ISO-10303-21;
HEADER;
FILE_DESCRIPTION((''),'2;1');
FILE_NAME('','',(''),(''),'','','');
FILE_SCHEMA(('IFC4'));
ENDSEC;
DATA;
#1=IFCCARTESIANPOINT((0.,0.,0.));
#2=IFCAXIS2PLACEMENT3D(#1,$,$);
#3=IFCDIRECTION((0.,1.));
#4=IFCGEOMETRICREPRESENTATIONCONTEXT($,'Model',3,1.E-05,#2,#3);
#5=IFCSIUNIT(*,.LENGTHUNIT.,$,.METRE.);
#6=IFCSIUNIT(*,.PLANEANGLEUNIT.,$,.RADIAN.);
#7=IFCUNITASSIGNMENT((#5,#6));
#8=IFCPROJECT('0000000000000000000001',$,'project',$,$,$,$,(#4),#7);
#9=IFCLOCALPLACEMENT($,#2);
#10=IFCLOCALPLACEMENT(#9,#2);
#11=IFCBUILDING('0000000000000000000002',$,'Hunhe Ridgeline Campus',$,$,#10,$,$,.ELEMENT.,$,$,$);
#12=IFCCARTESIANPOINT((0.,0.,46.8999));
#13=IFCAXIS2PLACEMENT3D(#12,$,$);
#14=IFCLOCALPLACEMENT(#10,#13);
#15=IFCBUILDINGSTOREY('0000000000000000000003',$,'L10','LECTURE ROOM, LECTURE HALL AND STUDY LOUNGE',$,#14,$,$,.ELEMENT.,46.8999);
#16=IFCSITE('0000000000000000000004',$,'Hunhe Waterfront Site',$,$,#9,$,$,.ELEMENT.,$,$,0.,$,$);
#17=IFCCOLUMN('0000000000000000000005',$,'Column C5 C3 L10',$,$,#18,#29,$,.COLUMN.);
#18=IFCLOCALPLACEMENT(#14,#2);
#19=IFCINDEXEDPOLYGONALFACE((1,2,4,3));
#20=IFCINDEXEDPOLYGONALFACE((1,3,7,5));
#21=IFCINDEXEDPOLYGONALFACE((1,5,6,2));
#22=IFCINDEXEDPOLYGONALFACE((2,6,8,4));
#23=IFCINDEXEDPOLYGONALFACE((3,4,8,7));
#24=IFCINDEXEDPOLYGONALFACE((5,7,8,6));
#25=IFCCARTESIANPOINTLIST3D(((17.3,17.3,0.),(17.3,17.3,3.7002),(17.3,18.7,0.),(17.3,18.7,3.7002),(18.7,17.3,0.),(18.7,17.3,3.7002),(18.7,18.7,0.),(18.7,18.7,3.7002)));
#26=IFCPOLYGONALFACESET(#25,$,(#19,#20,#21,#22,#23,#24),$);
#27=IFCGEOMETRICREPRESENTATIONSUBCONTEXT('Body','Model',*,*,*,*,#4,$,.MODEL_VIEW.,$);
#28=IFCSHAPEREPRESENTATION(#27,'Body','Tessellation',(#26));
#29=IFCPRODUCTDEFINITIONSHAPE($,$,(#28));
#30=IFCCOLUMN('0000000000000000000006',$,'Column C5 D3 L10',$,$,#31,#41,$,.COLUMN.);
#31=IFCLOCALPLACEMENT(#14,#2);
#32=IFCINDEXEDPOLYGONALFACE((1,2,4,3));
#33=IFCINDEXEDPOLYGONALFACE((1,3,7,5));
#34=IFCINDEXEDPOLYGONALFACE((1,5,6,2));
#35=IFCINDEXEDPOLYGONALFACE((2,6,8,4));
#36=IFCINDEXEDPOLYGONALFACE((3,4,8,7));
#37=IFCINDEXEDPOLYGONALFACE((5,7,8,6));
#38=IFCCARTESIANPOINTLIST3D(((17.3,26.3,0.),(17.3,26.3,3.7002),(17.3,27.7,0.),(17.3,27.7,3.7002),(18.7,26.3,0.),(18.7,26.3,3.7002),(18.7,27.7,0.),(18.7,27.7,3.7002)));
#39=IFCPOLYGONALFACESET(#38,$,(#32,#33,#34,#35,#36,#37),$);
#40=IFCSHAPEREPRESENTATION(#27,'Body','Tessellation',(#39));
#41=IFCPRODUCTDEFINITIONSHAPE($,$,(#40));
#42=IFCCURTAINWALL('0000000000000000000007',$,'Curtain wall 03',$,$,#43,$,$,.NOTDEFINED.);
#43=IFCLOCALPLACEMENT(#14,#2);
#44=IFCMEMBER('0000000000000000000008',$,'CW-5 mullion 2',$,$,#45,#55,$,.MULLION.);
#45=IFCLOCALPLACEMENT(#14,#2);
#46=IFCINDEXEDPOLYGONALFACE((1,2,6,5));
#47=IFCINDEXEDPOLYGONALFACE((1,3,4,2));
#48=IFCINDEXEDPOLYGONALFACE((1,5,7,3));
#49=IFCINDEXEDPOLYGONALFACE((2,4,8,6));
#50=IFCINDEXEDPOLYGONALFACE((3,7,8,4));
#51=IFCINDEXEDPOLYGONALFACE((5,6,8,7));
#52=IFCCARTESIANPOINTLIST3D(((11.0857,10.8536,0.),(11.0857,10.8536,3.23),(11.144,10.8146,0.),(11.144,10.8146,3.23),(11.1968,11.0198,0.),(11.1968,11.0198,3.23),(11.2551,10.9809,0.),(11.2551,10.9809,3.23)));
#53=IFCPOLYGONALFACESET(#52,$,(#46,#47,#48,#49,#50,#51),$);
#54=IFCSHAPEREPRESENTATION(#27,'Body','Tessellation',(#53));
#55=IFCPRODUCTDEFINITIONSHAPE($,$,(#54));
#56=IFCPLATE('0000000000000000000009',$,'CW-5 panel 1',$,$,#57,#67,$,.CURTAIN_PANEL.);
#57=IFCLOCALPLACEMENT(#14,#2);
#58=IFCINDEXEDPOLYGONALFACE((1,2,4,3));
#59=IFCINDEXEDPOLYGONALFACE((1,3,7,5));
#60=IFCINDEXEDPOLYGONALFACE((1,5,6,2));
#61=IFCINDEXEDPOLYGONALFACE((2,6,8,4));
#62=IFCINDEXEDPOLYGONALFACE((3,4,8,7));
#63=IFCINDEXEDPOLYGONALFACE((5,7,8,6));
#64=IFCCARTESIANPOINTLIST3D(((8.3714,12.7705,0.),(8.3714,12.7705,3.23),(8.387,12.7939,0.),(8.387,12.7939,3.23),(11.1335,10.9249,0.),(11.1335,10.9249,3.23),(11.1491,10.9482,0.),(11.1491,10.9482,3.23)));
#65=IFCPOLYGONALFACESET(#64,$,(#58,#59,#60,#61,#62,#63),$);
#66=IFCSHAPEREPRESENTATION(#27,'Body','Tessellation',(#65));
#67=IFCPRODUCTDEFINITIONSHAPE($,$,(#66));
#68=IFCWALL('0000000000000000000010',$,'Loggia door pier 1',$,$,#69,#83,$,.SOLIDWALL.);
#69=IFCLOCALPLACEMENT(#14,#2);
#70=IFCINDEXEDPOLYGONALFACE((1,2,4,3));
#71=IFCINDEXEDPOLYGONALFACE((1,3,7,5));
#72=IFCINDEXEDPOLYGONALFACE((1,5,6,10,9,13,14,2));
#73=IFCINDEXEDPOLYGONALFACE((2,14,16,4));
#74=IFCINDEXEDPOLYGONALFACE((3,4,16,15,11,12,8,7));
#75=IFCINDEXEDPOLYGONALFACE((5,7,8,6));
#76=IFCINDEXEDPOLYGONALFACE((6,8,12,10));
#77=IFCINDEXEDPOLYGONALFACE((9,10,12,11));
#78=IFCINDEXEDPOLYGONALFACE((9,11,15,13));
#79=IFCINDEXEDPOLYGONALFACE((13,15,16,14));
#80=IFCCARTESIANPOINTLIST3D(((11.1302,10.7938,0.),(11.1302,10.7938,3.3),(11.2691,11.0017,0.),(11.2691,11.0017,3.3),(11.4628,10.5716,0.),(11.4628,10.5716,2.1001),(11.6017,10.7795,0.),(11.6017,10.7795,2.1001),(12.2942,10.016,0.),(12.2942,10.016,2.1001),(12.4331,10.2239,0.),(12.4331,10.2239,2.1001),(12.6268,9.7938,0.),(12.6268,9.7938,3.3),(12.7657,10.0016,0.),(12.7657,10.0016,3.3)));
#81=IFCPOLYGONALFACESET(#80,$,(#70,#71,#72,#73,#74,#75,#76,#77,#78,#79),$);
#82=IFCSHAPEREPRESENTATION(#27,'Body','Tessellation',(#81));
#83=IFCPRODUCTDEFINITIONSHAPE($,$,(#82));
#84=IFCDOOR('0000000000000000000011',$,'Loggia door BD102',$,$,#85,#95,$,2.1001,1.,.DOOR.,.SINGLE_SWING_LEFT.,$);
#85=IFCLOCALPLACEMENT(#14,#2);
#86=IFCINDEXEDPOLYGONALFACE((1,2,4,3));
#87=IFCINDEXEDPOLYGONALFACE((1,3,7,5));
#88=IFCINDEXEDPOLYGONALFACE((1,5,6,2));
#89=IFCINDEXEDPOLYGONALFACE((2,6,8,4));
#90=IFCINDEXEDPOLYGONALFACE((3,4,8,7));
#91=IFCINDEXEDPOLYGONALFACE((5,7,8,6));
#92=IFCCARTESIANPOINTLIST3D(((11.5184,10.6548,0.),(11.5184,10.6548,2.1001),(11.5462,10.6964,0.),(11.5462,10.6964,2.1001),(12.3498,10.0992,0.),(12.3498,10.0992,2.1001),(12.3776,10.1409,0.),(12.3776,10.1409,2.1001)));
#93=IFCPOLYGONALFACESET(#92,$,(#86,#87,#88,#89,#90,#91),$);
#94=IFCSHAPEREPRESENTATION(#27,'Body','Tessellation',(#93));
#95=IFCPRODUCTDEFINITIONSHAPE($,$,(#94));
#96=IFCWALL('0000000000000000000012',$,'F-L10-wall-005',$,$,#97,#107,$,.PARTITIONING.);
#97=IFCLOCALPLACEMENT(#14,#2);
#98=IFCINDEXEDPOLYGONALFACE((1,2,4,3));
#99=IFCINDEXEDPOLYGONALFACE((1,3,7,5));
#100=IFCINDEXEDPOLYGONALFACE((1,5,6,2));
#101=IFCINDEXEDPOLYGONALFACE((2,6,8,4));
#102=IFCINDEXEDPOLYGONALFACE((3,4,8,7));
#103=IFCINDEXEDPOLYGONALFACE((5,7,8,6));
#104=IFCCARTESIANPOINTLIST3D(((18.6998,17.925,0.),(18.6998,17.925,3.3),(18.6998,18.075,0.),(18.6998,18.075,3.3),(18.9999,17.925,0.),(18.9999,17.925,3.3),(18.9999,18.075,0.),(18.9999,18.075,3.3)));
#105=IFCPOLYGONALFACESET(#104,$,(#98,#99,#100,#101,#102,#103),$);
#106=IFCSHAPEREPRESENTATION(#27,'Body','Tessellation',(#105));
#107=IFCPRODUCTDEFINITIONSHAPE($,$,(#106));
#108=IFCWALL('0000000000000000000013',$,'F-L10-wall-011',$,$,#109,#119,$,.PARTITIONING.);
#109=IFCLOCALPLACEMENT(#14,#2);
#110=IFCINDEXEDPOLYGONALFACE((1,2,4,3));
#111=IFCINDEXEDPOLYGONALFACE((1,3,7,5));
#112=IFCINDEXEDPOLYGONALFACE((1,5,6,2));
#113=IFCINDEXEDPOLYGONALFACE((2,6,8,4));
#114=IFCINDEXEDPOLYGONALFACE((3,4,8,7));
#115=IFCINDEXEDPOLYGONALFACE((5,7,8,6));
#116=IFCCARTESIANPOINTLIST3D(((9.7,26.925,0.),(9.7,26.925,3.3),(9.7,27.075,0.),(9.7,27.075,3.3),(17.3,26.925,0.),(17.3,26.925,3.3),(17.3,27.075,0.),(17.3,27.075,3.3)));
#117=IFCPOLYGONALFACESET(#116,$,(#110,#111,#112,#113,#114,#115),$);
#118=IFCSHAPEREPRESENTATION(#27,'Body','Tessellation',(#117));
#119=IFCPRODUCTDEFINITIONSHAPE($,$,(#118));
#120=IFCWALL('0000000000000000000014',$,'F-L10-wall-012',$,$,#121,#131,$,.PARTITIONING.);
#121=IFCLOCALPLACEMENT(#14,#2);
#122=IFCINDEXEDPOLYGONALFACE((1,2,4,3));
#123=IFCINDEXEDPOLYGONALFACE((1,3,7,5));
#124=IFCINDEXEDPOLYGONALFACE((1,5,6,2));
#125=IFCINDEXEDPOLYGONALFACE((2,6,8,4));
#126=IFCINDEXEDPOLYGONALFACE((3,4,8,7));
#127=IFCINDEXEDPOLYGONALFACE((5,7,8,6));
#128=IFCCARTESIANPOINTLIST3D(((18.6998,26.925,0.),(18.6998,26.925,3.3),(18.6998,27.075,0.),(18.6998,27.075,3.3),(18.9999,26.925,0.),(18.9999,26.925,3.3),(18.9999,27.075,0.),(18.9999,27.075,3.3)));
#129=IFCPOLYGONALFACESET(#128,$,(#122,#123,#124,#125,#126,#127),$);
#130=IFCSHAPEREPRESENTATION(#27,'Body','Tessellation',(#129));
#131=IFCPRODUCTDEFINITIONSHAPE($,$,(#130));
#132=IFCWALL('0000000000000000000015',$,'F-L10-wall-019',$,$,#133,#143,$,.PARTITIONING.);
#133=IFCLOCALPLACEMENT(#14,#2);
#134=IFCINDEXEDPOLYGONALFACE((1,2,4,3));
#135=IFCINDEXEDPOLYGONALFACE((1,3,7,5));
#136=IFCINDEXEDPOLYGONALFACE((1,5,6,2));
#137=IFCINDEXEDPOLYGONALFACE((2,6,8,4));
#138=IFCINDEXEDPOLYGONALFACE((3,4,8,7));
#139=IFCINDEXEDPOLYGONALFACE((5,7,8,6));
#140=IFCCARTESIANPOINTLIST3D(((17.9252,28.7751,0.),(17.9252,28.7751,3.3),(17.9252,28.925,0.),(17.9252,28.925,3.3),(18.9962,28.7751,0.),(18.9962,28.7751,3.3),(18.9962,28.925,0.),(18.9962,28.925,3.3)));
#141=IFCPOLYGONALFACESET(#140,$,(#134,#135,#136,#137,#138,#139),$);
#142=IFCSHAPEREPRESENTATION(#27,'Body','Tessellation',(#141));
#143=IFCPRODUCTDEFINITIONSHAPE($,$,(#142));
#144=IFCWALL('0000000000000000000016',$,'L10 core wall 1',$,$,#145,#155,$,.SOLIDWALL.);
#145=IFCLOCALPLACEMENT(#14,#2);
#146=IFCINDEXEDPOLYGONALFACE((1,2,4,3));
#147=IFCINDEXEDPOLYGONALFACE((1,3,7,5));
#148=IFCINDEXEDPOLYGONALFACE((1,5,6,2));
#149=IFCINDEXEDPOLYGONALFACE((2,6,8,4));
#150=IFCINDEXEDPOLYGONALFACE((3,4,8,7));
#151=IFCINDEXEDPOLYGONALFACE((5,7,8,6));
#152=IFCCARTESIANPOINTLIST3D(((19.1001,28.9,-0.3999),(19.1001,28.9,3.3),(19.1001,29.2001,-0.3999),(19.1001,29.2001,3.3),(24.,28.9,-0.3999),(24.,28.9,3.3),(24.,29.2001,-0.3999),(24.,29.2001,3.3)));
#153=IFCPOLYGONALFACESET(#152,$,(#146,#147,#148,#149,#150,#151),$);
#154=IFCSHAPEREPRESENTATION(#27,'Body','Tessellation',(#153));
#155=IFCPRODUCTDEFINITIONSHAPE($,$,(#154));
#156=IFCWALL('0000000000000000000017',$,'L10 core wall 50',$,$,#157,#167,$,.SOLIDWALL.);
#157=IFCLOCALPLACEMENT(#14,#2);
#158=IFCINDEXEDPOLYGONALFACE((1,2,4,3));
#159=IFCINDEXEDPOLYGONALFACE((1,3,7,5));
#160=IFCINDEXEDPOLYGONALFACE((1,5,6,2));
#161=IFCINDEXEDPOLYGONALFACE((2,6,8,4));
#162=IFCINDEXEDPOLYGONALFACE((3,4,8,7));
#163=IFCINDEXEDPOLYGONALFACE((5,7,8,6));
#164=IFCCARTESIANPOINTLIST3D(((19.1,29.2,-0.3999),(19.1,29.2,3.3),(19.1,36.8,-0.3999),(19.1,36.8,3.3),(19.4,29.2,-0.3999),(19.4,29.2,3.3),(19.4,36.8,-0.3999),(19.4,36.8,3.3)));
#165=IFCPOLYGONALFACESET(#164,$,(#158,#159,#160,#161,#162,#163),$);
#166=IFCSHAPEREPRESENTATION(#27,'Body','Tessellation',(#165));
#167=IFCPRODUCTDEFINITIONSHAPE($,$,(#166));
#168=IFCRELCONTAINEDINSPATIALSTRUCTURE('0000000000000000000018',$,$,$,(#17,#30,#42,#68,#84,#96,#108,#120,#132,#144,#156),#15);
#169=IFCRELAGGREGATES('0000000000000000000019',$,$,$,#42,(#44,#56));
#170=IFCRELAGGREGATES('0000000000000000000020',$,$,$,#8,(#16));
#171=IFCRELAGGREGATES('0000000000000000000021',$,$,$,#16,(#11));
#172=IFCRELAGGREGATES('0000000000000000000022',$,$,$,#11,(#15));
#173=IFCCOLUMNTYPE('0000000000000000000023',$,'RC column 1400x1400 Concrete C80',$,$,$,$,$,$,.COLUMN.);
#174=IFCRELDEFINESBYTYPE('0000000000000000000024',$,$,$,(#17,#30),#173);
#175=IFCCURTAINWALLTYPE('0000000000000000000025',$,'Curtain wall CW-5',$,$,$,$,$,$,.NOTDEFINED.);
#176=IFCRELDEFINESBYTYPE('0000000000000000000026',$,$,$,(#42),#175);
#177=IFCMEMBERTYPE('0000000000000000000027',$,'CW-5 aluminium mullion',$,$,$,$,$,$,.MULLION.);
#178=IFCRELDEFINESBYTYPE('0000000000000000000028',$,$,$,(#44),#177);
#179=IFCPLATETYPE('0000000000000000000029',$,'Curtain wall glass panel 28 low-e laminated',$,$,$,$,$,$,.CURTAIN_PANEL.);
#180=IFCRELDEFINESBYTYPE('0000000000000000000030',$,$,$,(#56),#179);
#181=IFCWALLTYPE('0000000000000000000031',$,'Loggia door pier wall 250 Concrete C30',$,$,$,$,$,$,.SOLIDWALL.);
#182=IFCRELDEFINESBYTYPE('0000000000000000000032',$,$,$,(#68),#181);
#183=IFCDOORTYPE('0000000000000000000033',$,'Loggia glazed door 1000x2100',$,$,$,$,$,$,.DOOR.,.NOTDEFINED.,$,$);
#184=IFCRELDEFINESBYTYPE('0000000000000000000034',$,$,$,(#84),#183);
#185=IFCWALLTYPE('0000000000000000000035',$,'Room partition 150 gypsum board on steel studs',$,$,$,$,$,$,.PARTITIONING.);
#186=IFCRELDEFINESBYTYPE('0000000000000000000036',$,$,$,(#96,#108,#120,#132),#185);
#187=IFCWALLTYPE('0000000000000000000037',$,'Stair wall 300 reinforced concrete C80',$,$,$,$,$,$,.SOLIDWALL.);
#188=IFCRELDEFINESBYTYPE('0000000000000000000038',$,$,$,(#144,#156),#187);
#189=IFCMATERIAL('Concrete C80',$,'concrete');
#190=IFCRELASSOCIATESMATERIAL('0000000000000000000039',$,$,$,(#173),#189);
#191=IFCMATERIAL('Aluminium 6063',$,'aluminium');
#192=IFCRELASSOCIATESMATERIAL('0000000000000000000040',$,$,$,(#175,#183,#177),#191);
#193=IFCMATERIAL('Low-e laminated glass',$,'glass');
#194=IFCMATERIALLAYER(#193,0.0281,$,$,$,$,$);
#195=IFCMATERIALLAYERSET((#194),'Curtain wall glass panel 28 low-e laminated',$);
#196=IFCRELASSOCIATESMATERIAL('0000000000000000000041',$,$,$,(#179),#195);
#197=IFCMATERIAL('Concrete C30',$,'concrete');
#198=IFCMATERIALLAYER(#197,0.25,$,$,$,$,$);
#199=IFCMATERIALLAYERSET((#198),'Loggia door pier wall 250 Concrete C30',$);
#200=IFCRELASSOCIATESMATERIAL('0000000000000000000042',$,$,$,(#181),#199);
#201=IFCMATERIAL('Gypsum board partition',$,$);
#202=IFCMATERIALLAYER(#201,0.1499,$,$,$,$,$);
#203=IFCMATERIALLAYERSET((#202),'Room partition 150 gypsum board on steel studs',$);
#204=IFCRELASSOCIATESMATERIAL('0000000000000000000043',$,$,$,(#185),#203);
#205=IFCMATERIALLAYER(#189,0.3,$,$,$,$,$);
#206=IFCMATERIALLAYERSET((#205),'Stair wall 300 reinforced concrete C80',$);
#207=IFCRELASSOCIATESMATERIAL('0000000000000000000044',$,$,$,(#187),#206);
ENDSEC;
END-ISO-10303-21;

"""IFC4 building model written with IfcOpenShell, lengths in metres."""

from ifc_helpers import new_model, si_unit, direction, frame, frame_2d, origin, origin_2d, place, context, subcontext, project, spatial, rectangle, extrude, material, layer, layer_set, material_profile, profile_set, type_object, element, fill, aggregate, save


model = new_model("IFC4")

# Units and contexts
model_context = context("Model", 3, precision=1e-05, world=origin(), true_north=direction((0.0, 1.0)))
body_context = subcontext(model_context, "Body", "Model", "MODEL_VIEW")
ifc_project = project(units=[si_unit("LENGTHUNIT", "METRE"), si_unit("PLANEANGLEUNIT", "RADIAN")], contexts=[model_context])

# Site, building, storey
site_placement = place(None, origin())
site = spatial("IfcSite", under=ifc_project, at=site_placement, Name="Hunhe Waterfront Site", CompositionType="ELEMENT", RefElevation=0.0)
building_placement = place(site_placement, origin())
building = spatial("IfcBuilding", under=site, at=building_placement, Name="Hunhe Ridgeline Campus", CompositionType="ELEMENT")
storey_placement = place(building_placement, frame((0.0, 0.0, 46.8999)))
storey = spatial("IfcBuildingStorey", under=building, at=storey_placement, Name="L10", Description="LECTURE ROOM, LECTURE HALL AND STUDY LOUNGE", CompositionType="ELEMENT", Elevation=46.8999)

# Columns
ifc_material_1 = material(Name="Concrete C80", Category="concrete")
ifc_material_profile_1 = material_profile(ifc_material_1, rectangle(XDim=1.3999, YDim=1.3999, at=origin_2d()))
ifc_profile_set_1 = profile_set([ifc_material_profile_1], Name="Concrete C80")
column_type = type_object("IfcColumnType", Name="RC column 1400x1400 Concrete C80", PredefinedType="COLUMN", material=ifc_profile_set_1)
for number, where, z_axis, x_axis, name in (
    (1, (18.0, 18.0, 0.0), (0.0, 0.0, 1.0), (1.0, 0.0, 0.0), "Column C5 C3 L10"),
    (2, (18.0, 27.0, 0.0), (0.0, 0.0, 1.0), (1.0, 0.0, 0.0), "Column C5 D3 L10"),
):
    element("IfcColumn", number, at=place(storey_placement, frame(where, z_axis=z_axis, x_axis=x_axis)), inside=storey, type_object=column_type, Name=name, PredefinedType="COLUMN", context=body_context, shape_type="SweptSolid", body=[
        extrude(rectangle(XDim=1.3999, YDim=1.3999, at=origin_2d()), origin(), (0.0, 0.0, 1.0), 3.7002),
    ])

# Curtain wall, member, plate
ifc_material_2 = material(Name="Aluminium 6063", Category="aluminium")
curtain_wall_type = type_object("IfcCurtainWallType", Name="Curtain wall CW-5", PredefinedType="NOTDEFINED", material=ifc_material_2)
curtain_wall_placement = place(storey_placement, origin())
curtain_wall = element("IfcCurtainWall", 3, at=curtain_wall_placement, inside=storey, type_object=curtain_wall_type, Name="Curtain wall 03", PredefinedType="NOTDEFINED")
ifc_material_profile_2 = material_profile(ifc_material_2, rectangle(XDim=0.2, YDim=0.0701, at=origin_2d()))
ifc_profile_set_2 = profile_set([ifc_material_profile_2], Name="Aluminium 6063")
member_type = type_object("IfcMemberType", Name="CW-5 aluminium mullion", PredefinedType="MULLION", material=ifc_profile_set_2)
member_placement = place(storey_placement, frame((11.1704, 10.9172, 0.0), z_axis=(0.0, 0.0, 1.0), x_axis=(0.55557, 0.83147, 0.0)))
member = element("IfcMember", 4, at=member_placement, type_object=member_type, Name="CW-5 mullion 2", PredefinedType="MULLION", context=body_context, shape_type="SweptSolid", body=[
    extrude(rectangle(XDim=0.2, YDim=0.0701, at=origin_2d()), origin(), (0.0, 0.0, 1.0), 3.23),
])
ifc_material_3 = material(Name="Low-e laminated glass", Category="glass")
ifc_layer_1 = layer(ifc_material_3, 0.0281)
ifc_layer_set_1 = layer_set([ifc_layer_1], Name="Curtain wall glass panel 28 low-e laminated")
plate_type = type_object("IfcPlateType", Name="Curtain wall glass panel 28 low-e laminated", PredefinedType="CURTAIN_PANEL", material=ifc_layer_set_1)
plate_placement = place(storey_placement, frame((9.7603, 11.8594, 0.0), z_axis=(0.0, 0.0, 1.0), x_axis=(0.83147, -0.55557, 0.0)))
plate = element("IfcPlate", 5, at=plate_placement, type_object=plate_type, Name="CW-5 panel 1", PredefinedType="CURTAIN_PANEL", context=body_context, shape_type="SweptSolid", body=[
    extrude(rectangle(XDim=3.322, YDim=0.0281, at=origin_2d()), origin(), (0.0, 0.0, 1.0), 3.23),
])
aggregate(curtain_wall, [member, plate])

# Wall, opening, door
ifc_material_4 = material(Name="Gypsum board partition")
ifc_material_5 = material(Name="Concrete C30", Category="concrete")
ifc_layer_2 = layer(ifc_material_5, 0.25)
ifc_layer_set_2 = layer_set([ifc_layer_2], Name="Loggia door pier wall 250 Concrete C30")
wall_type_1 = type_object("IfcWallType", Name="Loggia door pier wall 250 Concrete C30", PredefinedType="SOLIDWALL", material=ifc_layer_set_2)
wall_1_placement = place(storey_placement, frame((11.1997, 10.8977, 0.0), z_axis=(0.0, 0.0, 1.0), x_axis=(0.831466, -0.555576, 0.0)))
wall_1 = element("IfcWall", 6, at=wall_1_placement, inside=storey, type_object=wall_type_1, Name="Loggia door pier 1", PredefinedType="SOLIDWALL", context=body_context, shape_type="SweptSolid", body=[
    extrude(rectangle(XDim=1.8, YDim=0.25, at=frame_2d((0.8999, 0.0))), origin(), (0.0, 0.0, 1.0), 3.3),
])
opening_1_placement = place(wall_1_placement, frame((0.3999, 0.0, 0.0)))
opening_1 = element("IfcOpeningElement", 7, at=opening_1_placement, cuts=wall_1, PredefinedType="OPENING", context=body_context, shape_type="SweptSolid", body=[
    extrude(rectangle(XDim=1.0, YDim=2.1001, at=frame_2d((0.5, 1.05))), frame((0.0, 0.125, 0.0), z_axis=(0.0, -1.0, 0.0), x_axis=(1.0, 0.0, 0.0)), (0.0, 0.0, 1.0), 0.25),
])
door_type_1 = type_object("IfcDoorType", Name="Loggia glazed door 1000x2100", OperationType="NOTDEFINED", PredefinedType="DOOR", material=ifc_material_2)
door_1_placement = place(opening_1_placement, frame((1.0, 0.0, 0.0), z_axis=(0.0, 0.0, 1.0), x_axis=(-1.0, 0.0, 0.0)))
door_1 = element("IfcDoor", 8, at=door_1_placement, inside=storey, type_object=door_type_1, Name="Loggia door BD102", OperationType="SINGLE_SWING_LEFT", OverallHeight=2.1001, OverallWidth=1.0, PredefinedType="DOOR", context=body_context, shape_type="SweptSolid", body=[
    extrude(rectangle(XDim=1.0, YDim=2.1001, at=frame_2d((0.5, 1.05))), frame((0.0, 0.0249, 0.0), z_axis=(0.0, -1.0, 0.0), x_axis=(1.0, 0.0, 0.0)), (0.0, 0.0, 1.0), 0.05),
])
fill(opening_1, door_1)

# Walls
ifc_layer_3 = layer(ifc_material_4, 0.1499)
ifc_layer_set_3 = layer_set([ifc_layer_3], Name="Room partition 150 gypsum board on steel studs")
wall_type_2 = type_object("IfcWallType", Name="Room partition 150 gypsum board on steel studs", PredefinedType="PARTITIONING", material=ifc_layer_set_3)
wall_2_placement = place(storey_placement, frame((18.7, 18.0, 0.0), z_axis=(0.0, 0.0, 1.0), x_axis=(1.0, 0.0, 0.0)))
element("IfcWall", 9, at=wall_2_placement, inside=storey, type_object=wall_type_2, Name="F-L10-wall-005", PredefinedType="PARTITIONING", context=body_context, shape_type="SweptSolid", body=[
    extrude(rectangle(XDim=0.3, YDim=0.1499, at=frame_2d((0.1499, 0.0))), origin(), (0.0, 0.0, 1.0), 3.3),
])
wall_3_placement = place(storey_placement, frame((9.7, 27.0, 0.0), z_axis=(0.0, 0.0, 1.0), x_axis=(1.0, 0.0, 0.0)))
element("IfcWall", 10, at=wall_3_placement, inside=storey, type_object=wall_type_2, Name="F-L10-wall-011", PredefinedType="PARTITIONING", context=body_context, shape_type="SweptSolid", body=[
    extrude(rectangle(XDim=7.6001, YDim=0.1499, at=frame_2d((3.8, 0.0))), origin(), (0.0, 0.0, 1.0), 3.3),
])
wall_4_placement = place(storey_placement, frame((18.7, 27.0, 0.0), z_axis=(0.0, 0.0, 1.0), x_axis=(1.0, 0.0, 0.0)))
element("IfcWall", 11, at=wall_4_placement, inside=storey, type_object=wall_type_2, Name="F-L10-wall-012", PredefinedType="PARTITIONING", context=body_context, shape_type="SweptSolid", body=[
    extrude(rectangle(XDim=0.3, YDim=0.1499, at=frame_2d((0.1499, 0.0))), origin(), (0.0, 0.0, 1.0), 3.3),
])
wall_5_placement = place(storey_placement, frame((17.925, 28.8501, 0.0), z_axis=(0.0, 0.0, 1.0), x_axis=(1.0, 0.0, 0.0)))
element("IfcWall", 12, at=wall_5_placement, inside=storey, type_object=wall_type_2, Name="F-L10-wall-019", PredefinedType="PARTITIONING", context=body_context, shape_type="SweptSolid", body=[
    extrude(rectangle(XDim=1.071, YDim=0.1499, at=frame_2d((0.5356, 0.0))), origin(), (0.0, 0.0, 1.0), 3.3),
])
ifc_layer_4 = layer(ifc_material_1, 0.3)
ifc_layer_set_4 = layer_set([ifc_layer_4], Name="Stair wall 300 reinforced concrete C80")
wall_type_3 = type_object("IfcWallType", Name="Stair wall 300 reinforced concrete C80", PredefinedType="SOLIDWALL", material=ifc_layer_set_4)
wall_6_placement = place(storey_placement, frame((19.1001, 29.05, -0.3999), z_axis=(0.0, 0.0, 1.0), x_axis=(1.0, 0.0, 0.0)))
element("IfcWall", 13, at=wall_6_placement, inside=storey, type_object=wall_type_3, Name="L10 core wall 1", PredefinedType="SOLIDWALL", context=body_context, shape_type="SweptSolid", body=[
    extrude(rectangle(XDim=4.8999, YDim=0.3, at=frame_2d((2.45, 0.0))), origin(), (0.0, 0.0, 1.0), 3.7),
])
wall_7_placement = place(storey_placement, frame((19.25, 29.2, -0.3999), z_axis=(0.0, 0.0, 1.0), x_axis=(0.0, 1.0, 0.0)))
element("IfcWall", 14, at=wall_7_placement, inside=storey, type_object=wall_type_3, Name="L10 core wall 50", PredefinedType="SOLIDWALL", context=body_context, shape_type="SweptSolid", body=[
    extrude(rectangle(XDim=7.6001, YDim=0.3, at=frame_2d((3.8, 0.0))), origin(), (0.0, 0.0, 1.0), 3.7),
])

save(model, "model.ifc")
